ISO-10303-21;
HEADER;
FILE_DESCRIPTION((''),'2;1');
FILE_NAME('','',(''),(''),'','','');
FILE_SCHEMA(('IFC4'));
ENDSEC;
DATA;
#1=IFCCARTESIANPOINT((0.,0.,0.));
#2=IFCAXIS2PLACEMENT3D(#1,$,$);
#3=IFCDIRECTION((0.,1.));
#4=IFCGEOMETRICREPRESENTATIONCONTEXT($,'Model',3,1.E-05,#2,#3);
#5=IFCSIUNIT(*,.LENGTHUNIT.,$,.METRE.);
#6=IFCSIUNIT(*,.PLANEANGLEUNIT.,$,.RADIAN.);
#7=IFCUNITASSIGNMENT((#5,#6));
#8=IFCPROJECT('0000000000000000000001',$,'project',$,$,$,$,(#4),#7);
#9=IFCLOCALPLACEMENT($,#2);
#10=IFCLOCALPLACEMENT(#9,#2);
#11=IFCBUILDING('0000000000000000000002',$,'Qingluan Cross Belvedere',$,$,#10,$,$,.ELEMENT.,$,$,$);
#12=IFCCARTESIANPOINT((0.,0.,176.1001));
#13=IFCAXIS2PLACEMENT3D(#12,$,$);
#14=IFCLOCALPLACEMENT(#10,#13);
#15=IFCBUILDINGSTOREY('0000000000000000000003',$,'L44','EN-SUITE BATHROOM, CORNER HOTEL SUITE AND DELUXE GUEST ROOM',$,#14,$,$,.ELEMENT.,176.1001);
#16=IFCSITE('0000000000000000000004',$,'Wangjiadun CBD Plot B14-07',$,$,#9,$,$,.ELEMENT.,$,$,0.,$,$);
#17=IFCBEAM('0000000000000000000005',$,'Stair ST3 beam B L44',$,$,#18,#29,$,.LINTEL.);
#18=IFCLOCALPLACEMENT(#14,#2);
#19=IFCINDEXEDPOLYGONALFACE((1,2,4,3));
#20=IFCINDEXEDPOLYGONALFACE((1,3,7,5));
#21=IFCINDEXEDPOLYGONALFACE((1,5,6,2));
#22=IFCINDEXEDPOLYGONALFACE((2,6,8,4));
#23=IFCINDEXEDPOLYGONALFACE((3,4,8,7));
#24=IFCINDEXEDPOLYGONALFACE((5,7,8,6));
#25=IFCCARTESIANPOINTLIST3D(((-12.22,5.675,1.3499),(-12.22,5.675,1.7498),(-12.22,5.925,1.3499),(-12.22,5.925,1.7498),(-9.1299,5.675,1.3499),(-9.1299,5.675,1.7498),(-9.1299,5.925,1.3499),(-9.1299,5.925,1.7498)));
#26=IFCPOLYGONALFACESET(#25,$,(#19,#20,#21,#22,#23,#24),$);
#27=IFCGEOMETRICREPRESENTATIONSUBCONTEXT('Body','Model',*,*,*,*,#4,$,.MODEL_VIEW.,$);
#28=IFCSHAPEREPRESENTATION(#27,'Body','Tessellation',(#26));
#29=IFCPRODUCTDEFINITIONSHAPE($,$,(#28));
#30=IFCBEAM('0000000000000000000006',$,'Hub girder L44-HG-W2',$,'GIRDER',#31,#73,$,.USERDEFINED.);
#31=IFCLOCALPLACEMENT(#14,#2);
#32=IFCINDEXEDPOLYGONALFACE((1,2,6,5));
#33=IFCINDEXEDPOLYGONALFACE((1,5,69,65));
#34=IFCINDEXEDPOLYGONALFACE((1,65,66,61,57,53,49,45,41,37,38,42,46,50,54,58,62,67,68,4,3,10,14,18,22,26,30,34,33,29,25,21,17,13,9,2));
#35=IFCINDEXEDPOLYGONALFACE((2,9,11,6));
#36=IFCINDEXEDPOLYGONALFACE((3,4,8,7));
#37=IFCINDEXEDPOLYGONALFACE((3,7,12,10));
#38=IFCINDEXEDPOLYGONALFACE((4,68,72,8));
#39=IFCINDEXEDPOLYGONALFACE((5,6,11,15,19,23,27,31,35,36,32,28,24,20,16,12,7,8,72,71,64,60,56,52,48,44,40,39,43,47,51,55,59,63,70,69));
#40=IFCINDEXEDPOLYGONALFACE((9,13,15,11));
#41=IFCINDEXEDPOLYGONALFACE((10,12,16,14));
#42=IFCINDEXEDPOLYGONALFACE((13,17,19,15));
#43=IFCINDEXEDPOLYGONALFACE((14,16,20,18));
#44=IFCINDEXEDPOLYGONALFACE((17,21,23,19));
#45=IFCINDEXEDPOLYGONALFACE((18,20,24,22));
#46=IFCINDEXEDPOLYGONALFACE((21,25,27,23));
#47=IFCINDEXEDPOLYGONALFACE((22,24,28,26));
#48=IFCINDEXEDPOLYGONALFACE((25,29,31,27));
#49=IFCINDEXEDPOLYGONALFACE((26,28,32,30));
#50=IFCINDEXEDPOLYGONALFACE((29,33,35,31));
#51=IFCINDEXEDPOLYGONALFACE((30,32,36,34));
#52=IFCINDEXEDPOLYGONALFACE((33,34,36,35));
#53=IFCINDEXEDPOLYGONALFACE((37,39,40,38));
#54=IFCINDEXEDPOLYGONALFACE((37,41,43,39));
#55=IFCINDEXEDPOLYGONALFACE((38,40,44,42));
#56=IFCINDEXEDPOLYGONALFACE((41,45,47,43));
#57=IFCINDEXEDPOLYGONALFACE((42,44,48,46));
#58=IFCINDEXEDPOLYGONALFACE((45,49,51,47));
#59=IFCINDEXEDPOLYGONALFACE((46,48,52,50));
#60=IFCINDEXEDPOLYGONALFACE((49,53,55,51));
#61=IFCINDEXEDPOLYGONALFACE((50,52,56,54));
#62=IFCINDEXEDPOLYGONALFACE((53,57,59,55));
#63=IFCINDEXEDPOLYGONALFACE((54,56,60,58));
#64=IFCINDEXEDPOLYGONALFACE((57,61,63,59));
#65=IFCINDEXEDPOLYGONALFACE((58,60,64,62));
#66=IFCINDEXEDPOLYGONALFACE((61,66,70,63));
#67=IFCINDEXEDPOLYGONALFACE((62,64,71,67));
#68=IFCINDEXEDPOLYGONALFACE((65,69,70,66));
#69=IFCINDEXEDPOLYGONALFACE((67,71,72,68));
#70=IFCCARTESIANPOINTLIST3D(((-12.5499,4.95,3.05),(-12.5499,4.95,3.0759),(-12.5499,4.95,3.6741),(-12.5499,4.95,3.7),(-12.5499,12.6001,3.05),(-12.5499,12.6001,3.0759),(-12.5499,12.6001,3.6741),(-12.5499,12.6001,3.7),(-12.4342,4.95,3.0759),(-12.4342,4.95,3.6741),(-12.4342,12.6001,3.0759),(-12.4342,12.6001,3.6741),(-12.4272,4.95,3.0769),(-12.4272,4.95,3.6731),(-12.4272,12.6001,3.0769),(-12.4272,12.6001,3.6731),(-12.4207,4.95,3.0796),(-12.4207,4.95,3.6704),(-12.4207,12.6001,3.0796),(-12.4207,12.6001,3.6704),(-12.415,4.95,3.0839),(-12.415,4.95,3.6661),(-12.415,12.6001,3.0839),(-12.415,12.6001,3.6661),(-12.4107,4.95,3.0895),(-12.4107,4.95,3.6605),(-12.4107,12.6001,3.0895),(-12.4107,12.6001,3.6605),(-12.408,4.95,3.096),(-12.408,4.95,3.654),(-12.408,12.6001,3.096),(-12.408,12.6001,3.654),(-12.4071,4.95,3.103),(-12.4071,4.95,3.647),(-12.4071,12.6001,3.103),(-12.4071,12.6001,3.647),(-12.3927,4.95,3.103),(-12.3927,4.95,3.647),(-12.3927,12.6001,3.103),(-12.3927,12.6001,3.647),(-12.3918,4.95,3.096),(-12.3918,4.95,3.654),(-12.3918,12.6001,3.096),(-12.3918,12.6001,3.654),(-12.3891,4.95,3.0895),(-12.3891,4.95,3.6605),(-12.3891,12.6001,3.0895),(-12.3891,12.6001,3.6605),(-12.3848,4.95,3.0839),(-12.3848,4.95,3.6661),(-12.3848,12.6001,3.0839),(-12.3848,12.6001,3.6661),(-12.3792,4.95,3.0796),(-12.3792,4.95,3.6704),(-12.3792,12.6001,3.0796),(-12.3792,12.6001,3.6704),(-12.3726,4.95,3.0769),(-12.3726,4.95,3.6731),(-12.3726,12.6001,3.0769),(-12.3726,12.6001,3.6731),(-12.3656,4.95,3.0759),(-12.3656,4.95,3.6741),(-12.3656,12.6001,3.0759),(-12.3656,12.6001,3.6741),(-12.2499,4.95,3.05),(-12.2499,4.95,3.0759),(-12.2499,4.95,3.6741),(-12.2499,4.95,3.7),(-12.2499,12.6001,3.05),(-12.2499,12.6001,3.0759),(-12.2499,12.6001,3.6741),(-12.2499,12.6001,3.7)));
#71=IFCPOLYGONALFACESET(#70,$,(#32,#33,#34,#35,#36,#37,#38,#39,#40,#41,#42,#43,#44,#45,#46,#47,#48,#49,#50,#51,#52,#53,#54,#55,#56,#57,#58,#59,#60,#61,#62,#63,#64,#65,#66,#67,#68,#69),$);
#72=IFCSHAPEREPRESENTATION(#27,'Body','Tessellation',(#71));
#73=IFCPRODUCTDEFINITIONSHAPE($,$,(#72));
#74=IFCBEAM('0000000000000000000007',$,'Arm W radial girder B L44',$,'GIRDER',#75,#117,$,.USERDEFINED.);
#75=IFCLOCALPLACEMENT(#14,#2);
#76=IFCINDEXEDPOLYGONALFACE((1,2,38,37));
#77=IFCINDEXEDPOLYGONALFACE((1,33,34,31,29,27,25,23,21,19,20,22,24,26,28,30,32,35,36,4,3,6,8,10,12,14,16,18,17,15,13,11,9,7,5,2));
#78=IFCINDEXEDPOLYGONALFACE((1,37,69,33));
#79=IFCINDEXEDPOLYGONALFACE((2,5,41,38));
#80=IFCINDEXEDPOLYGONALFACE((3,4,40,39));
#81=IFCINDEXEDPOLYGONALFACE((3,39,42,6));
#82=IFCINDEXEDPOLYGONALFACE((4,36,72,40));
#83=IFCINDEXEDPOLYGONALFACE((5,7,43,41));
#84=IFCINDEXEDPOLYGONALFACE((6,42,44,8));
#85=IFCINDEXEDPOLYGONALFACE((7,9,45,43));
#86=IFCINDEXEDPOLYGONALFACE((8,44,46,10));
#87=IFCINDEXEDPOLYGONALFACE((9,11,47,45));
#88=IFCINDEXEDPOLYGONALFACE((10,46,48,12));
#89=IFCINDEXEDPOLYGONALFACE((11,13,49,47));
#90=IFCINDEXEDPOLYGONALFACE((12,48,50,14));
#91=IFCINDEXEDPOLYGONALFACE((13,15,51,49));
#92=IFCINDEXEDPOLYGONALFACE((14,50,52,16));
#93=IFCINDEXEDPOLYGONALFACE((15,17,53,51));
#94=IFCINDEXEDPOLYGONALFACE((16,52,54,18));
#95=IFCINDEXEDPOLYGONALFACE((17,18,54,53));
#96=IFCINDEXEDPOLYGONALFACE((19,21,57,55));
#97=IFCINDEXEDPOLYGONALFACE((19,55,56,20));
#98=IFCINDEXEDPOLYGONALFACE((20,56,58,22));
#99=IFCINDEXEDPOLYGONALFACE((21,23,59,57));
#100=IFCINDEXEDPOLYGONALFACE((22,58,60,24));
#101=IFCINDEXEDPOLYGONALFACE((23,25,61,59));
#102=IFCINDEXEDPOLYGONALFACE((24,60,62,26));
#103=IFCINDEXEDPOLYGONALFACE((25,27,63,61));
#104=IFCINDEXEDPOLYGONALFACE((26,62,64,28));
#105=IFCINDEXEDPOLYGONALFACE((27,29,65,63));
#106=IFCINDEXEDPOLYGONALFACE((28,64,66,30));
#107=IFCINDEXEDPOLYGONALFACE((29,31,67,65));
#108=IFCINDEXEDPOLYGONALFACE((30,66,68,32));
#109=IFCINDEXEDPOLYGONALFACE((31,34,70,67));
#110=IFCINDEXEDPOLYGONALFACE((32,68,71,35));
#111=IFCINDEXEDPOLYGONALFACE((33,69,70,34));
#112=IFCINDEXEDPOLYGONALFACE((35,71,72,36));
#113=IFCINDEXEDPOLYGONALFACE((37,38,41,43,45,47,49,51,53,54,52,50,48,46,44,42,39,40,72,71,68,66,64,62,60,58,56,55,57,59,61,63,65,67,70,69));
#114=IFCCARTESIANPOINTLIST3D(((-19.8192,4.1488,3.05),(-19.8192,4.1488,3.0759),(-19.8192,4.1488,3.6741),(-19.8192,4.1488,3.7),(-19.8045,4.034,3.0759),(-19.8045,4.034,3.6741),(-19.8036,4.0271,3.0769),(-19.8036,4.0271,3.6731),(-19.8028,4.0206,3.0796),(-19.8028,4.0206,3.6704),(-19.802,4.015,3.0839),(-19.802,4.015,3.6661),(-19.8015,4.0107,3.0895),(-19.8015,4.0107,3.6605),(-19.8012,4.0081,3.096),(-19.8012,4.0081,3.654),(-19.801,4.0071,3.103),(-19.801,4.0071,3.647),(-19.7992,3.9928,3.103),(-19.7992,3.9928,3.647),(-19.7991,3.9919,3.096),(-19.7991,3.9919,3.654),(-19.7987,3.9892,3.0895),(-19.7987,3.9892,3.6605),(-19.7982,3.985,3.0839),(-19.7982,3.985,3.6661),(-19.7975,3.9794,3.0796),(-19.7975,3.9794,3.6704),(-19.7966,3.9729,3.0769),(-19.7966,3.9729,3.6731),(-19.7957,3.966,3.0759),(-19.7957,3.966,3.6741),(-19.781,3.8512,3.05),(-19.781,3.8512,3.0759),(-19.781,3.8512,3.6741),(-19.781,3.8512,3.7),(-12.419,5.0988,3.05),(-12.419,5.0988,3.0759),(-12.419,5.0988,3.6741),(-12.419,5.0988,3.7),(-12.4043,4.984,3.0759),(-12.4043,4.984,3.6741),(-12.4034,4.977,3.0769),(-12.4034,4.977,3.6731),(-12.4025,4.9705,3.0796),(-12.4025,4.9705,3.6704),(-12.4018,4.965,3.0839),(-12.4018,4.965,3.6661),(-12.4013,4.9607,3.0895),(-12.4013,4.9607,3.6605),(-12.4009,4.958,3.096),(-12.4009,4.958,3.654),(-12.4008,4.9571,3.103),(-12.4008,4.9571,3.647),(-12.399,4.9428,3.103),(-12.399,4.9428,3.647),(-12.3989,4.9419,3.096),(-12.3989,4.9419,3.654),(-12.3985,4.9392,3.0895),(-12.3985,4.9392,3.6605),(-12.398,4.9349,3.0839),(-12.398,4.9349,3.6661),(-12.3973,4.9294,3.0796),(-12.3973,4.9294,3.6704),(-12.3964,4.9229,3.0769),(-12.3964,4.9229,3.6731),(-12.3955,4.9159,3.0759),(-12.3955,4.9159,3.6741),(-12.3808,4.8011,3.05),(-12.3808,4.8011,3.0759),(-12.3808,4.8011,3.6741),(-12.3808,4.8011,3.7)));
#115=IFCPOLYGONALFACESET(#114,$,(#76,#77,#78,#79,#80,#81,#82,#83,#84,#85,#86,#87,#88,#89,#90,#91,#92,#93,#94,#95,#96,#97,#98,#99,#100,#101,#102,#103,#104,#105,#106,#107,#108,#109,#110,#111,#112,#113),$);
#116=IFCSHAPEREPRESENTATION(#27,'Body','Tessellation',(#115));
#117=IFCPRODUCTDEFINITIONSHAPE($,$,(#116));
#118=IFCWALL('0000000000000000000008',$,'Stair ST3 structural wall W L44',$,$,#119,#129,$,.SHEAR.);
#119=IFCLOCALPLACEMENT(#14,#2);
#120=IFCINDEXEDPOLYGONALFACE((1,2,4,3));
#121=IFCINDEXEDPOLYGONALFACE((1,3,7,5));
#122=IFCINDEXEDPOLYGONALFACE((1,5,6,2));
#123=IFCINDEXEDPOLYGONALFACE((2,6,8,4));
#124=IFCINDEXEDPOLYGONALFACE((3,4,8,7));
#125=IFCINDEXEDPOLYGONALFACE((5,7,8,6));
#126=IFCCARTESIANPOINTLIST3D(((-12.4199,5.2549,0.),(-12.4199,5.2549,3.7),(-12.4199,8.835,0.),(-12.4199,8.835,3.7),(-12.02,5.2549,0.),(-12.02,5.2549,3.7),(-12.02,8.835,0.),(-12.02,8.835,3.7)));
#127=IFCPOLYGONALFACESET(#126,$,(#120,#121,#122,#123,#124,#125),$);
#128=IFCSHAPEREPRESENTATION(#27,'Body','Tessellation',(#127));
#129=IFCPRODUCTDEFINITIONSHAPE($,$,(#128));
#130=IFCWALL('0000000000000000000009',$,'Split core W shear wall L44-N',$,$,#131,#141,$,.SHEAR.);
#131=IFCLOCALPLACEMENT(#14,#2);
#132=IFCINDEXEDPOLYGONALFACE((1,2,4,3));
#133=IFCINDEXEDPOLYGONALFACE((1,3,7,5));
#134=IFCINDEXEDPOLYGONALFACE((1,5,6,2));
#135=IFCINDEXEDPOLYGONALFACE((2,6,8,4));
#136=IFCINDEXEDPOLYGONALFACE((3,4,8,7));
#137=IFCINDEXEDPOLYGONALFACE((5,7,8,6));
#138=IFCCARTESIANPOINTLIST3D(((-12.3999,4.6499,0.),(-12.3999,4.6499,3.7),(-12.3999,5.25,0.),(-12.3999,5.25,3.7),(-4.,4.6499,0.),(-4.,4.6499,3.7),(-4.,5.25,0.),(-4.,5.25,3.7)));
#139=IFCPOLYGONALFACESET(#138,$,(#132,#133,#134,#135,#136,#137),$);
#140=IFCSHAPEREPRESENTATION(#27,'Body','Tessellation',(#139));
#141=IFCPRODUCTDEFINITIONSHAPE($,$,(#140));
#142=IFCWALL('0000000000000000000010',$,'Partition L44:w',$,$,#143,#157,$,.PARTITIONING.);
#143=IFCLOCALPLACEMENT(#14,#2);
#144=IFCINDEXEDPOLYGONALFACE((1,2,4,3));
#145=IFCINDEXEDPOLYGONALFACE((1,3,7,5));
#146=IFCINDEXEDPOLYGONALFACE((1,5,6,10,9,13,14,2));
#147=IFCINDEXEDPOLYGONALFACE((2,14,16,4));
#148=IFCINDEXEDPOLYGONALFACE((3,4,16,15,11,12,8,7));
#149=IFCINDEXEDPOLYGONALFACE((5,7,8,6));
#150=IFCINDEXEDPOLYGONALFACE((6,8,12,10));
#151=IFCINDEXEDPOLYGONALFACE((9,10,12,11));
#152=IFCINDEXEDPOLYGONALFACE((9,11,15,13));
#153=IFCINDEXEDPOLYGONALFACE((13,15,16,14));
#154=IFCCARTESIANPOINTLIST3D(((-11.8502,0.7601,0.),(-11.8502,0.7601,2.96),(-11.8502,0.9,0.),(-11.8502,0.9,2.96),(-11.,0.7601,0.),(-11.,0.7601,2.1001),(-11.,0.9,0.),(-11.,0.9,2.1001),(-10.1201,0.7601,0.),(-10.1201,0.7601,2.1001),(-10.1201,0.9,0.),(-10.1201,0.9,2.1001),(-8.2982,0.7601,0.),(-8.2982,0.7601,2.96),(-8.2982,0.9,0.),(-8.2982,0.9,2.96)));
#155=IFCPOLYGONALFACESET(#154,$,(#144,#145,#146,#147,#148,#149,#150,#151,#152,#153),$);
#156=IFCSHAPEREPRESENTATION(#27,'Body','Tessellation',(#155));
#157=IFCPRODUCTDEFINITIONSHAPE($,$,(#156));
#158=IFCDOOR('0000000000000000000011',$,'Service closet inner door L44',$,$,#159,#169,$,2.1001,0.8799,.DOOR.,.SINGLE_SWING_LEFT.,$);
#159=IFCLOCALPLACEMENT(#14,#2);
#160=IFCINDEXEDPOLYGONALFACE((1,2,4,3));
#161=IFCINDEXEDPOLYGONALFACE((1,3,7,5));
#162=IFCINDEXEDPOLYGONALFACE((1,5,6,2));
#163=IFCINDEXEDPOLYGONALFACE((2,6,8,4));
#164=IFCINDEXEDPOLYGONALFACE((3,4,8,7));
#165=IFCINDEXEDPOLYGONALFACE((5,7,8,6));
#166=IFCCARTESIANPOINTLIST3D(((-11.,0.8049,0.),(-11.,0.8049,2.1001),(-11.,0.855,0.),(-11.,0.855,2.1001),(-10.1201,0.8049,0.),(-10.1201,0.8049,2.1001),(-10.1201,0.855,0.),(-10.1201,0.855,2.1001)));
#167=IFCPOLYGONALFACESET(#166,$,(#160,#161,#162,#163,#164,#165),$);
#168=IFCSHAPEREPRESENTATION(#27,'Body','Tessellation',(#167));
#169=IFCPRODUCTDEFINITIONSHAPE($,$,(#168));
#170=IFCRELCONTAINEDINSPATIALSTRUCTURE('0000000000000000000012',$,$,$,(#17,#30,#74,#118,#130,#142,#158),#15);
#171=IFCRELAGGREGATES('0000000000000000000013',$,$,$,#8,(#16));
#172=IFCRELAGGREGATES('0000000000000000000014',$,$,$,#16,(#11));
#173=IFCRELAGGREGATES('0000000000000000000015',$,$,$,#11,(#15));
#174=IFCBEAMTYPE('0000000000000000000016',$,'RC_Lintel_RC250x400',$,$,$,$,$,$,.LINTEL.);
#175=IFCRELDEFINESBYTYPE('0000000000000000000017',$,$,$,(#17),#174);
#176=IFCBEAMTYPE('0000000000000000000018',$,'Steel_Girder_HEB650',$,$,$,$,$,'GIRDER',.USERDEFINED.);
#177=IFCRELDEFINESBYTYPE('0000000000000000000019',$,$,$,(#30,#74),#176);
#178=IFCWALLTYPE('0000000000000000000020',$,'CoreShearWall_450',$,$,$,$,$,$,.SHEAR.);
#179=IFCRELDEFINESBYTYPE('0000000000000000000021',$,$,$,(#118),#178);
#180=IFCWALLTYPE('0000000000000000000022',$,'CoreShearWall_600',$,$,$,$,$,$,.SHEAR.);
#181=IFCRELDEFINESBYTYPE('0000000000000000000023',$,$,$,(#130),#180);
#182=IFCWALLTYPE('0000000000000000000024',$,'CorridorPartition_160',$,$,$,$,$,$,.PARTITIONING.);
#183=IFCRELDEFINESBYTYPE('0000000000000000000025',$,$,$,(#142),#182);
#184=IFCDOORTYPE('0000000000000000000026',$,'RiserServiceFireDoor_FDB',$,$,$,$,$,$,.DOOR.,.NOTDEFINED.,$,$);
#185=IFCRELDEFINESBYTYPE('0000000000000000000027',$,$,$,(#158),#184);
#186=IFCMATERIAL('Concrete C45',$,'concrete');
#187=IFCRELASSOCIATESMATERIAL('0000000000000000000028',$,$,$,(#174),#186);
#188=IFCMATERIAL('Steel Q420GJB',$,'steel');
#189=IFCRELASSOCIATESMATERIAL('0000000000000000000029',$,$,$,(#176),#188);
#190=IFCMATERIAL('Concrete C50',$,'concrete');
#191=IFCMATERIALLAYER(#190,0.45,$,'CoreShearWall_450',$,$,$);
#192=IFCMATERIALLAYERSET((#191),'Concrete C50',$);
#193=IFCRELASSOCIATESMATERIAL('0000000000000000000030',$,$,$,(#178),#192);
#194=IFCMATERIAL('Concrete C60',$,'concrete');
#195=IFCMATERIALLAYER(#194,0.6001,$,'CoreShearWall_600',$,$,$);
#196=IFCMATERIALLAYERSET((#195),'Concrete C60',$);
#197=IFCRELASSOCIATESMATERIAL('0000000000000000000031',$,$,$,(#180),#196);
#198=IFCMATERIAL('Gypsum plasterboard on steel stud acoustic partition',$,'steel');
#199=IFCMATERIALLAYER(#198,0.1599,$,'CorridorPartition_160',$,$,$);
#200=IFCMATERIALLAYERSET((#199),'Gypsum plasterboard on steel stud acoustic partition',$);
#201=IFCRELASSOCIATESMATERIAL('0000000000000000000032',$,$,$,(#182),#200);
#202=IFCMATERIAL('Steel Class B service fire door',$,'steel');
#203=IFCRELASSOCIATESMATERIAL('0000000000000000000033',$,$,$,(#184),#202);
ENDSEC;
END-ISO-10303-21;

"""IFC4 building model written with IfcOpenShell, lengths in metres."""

from ifc_helpers import new_model, si_unit, direction, frame, frame_2d, origin, origin_2d, place, context, subcontext, project, spatial, rectangle, i_section, extrude, material, layer, layer_set, material_profile, profile_set, type_object, element, fill, save


model = new_model("IFC4")

# Units and contexts
model_context = context("Model", 3, precision=1e-05, world=origin(), true_north=direction((0.0, 1.0)))
body_context = subcontext(model_context, "Body", "Model", "MODEL_VIEW")
ifc_project = project(units=[si_unit("LENGTHUNIT", "METRE"), si_unit("PLANEANGLEUNIT", "RADIAN")], contexts=[model_context])

# Site, building, storey
site_placement = place(None, origin())
site = spatial("IfcSite", under=ifc_project, at=site_placement, Name="Wangjiadun CBD Plot B14-07", CompositionType="ELEMENT", RefElevation=0.0)
building_placement = place(site_placement, origin())
building = spatial("IfcBuilding", under=site, at=building_placement, Name="Qingluan Cross Belvedere", CompositionType="ELEMENT")
storey_placement = place(building_placement, frame((0.0, 0.0, 176.1001)))
storey = spatial("IfcBuildingStorey", under=building, at=storey_placement, Name="L44", Description="EN-SUITE BATHROOM, CORNER HOTEL SUITE AND DELUXE GUEST ROOM", CompositionType="ELEMENT", Elevation=176.1001)

# Beams
ifc_material_1 = material(Name="Concrete C45", Category="concrete")
ifc_material_profile_1 = material_profile(ifc_material_1, rectangle(XDim=0.25, YDim=0.3999, at=origin_2d()), Name="RC250x400")
ifc_profile_set_1 = profile_set([ifc_material_profile_1], Name="Concrete C45")
beam_type_1 = type_object("IfcBeamType", Name="RC_Lintel_RC250x400", PredefinedType="LINTEL", material=ifc_profile_set_1)
beam_1_placement = place(storey_placement, frame((-12.22, 5.8, 1.5498), z_axis=(1.0, 0.0, 0.0), x_axis=(0.0, 1.0, 0.0)))
element("IfcBeam", 1, at=beam_1_placement, inside=storey, type_object=beam_type_1, Name="Stair ST3 beam B L44", PredefinedType="LINTEL", context=body_context, shape_type="SweptSolid", body=[
    extrude(rectangle(XDim=0.25, YDim=0.3999, at=origin_2d()), origin(), (0.0, 0.0, 1.0), 3.0901),
])
ifc_material_2 = material(Name="Steel Q420GJB", Category="steel")
ifc_material_profile_2 = material_profile(ifc_material_2, i_section(OverallWidth=0.3, OverallDepth=0.6499, WebThickness=0.0144, FlangeThickness=0.0259, FilletRadius=0.0271, at=origin_2d()), Name="HEB650")
ifc_profile_set_2 = profile_set([ifc_material_profile_2], Name="Steel Q420GJB")
beam_type_2 = type_object("IfcBeamType", Name="Steel_Girder_HEB650", ElementType="GIRDER", PredefinedType="USERDEFINED", material=ifc_profile_set_2)
beam_2_placement = place(storey_placement, frame((-12.3999, 4.95, 3.375), z_axis=(0.0, 1.0, 0.0), x_axis=(-1.0, 0.0, 0.0)))
element("IfcBeam", 2, at=beam_2_placement, inside=storey, type_object=beam_type_2, Name="Hub girder L44-HG-W2", ObjectType="GIRDER", PredefinedType="USERDEFINED", context=body_context, shape_type="SweptSolid", body=[
    extrude(i_section(OverallWidth=0.3, OverallDepth=0.6499, WebThickness=0.0144, FlangeThickness=0.0259, FilletRadius=0.0271, at=origin_2d()), origin(), (0.0, 0.0, 1.0), 7.6501),
])
beam_3_placement = place(storey_placement, frame((-12.3999, 4.95, 3.375), z_axis=(-0.991861, -0.127324, 0.0), x_axis=(0.127324, -0.991861, 0.0)))
element("IfcBeam", 3, at=beam_3_placement, inside=storey, type_object=beam_type_2, Name="Arm W radial girder B L44", ObjectType="GIRDER", PredefinedType="USERDEFINED", context=body_context, shape_type="SweptSolid", body=[
    extrude(i_section(OverallWidth=0.3, OverallDepth=0.6499, WebThickness=0.0144, FlangeThickness=0.0259, FilletRadius=0.0271, at=origin_2d()), origin(), (0.0, 0.0, 1.0), 7.4609),
])

# Walls
ifc_material_3 = material(Name="Concrete C50", Category="concrete")
ifc_layer_1 = layer(ifc_material_3, 0.45, Name="CoreShearWall_450")
ifc_layer_set_1 = layer_set([ifc_layer_1], Name="Concrete C50")
wall_type_1 = type_object("IfcWallType", Name="CoreShearWall_450", PredefinedType="SHEAR", material=ifc_layer_set_1)
wall_1_placement = place(storey_placement, frame((-12.22, 5.2549, 0.0), z_axis=(0.0, 0.0, 1.0), x_axis=(0.0, 1.0, 0.0)))
element("IfcWall", 4, at=wall_1_placement, inside=storey, type_object=wall_type_1, Name="Stair ST3 structural wall W L44", PredefinedType="SHEAR", context=body_context, shape_type="SweptSolid", body=[
    extrude(rectangle(XDim=3.5801, YDim=0.3999, at=frame_2d((1.79, 0.0))), origin(), (0.0, 0.0, 1.0), 3.7),
])
ifc_material_4 = material(Name="Concrete C60", Category="concrete")
ifc_layer_2 = layer(ifc_material_4, 0.6001, Name="CoreShearWall_600")
ifc_layer_set_2 = layer_set([ifc_layer_2], Name="Concrete C60")
wall_type_2 = type_object("IfcWallType", Name="CoreShearWall_600", PredefinedType="SHEAR", material=ifc_layer_set_2)
wall_2_placement = place(storey_placement, frame((-12.3999, 4.95, 0.0), z_axis=(0.0, 0.0, 1.0), x_axis=(1.0, 0.0, 0.0)))
element("IfcWall", 5, at=wall_2_placement, inside=storey, type_object=wall_type_2, Name="Split core W shear wall L44-N", PredefinedType="SHEAR", context=body_context, shape_type="SweptSolid", body=[
    extrude(rectangle(XDim=8.3999, YDim=0.6001, at=frame_2d((4.2, 0.0))), origin(), (0.0, 0.0, 1.0), 3.7),
])

# Wall, opening, door
ifc_material_5 = material(Name="Gypsum plasterboard on steel stud acoustic partition", Category="steel")
ifc_layer_3 = layer(ifc_material_5, 0.1599, Name="CorridorPartition_160")
ifc_layer_set_3 = layer_set([ifc_layer_3], Name="Gypsum plasterboard on steel stud acoustic partition")
wall_type_3 = type_object("IfcWallType", Name="CorridorPartition_160", PredefinedType="PARTITIONING", material=ifc_layer_set_3)
wall_3_placement = place(storey_placement, frame((-11.8501, 0.8301, 0.0), z_axis=(0.0, 0.0, 1.0), x_axis=(1.0, 0.0, 0.0)))
wall_3 = element("IfcWall", 6, at=wall_3_placement, inside=storey, type_object=wall_type_3, Name="Partition L44:w", PredefinedType="PARTITIONING", context=body_context, shape_type="SweptSolid", body=[
    extrude(rectangle(XDim=3.552, YDim=0.1399, at=frame_2d((1.7759, 0.0))), origin(), (0.0, 0.0, 1.0), 2.96),
])
opening_1_placement = place(wall_3_placement, frame((0.8501, 0.0, 0.0)))
opening_1 = element("IfcOpeningElement", 7, at=opening_1_placement, cuts=wall_3, PredefinedType="OPENING", context=body_context, shape_type="SweptSolid", body=[
    extrude(rectangle(XDim=0.8799, YDim=2.1001, at=frame_2d((0.4399, 1.05))), frame((0.0, 0.0798, 0.0), z_axis=(0.0, -1.0, 0.0), x_axis=(1.0, 0.0, 0.0)), (0.0, 0.0, 1.0), 0.1599),
])
ifc_material_6 = material(Name="Steel Class B service fire door", Category="steel")
door_type_1 = type_object("IfcDoorType", Name="RiserServiceFireDoor_FDB", OperationType="NOTDEFINED", PredefinedType="DOOR", material=ifc_material_6)
door_1_placement = place(opening_1_placement, origin())
door_1 = element("IfcDoor", 8, at=door_1_placement, inside=storey, type_object=door_type_1, Name="Service closet inner door L44", OperationType="SINGLE_SWING_LEFT", OverallHeight=2.1001, OverallWidth=0.8799, PredefinedType="DOOR", context=body_context, shape_type="SweptSolid", body=[
    extrude(rectangle(XDim=0.8799, YDim=2.1001, at=frame_2d((0.4399, 1.05))), frame((0.0, 0.0249, 0.0), z_axis=(0.0, -1.0, 0.0), x_axis=(1.0, 0.0, 0.0)), (0.0, 0.0, 1.0), 0.05),
])
fill(opening_1, door_1)

save(model, "model.ifc")
